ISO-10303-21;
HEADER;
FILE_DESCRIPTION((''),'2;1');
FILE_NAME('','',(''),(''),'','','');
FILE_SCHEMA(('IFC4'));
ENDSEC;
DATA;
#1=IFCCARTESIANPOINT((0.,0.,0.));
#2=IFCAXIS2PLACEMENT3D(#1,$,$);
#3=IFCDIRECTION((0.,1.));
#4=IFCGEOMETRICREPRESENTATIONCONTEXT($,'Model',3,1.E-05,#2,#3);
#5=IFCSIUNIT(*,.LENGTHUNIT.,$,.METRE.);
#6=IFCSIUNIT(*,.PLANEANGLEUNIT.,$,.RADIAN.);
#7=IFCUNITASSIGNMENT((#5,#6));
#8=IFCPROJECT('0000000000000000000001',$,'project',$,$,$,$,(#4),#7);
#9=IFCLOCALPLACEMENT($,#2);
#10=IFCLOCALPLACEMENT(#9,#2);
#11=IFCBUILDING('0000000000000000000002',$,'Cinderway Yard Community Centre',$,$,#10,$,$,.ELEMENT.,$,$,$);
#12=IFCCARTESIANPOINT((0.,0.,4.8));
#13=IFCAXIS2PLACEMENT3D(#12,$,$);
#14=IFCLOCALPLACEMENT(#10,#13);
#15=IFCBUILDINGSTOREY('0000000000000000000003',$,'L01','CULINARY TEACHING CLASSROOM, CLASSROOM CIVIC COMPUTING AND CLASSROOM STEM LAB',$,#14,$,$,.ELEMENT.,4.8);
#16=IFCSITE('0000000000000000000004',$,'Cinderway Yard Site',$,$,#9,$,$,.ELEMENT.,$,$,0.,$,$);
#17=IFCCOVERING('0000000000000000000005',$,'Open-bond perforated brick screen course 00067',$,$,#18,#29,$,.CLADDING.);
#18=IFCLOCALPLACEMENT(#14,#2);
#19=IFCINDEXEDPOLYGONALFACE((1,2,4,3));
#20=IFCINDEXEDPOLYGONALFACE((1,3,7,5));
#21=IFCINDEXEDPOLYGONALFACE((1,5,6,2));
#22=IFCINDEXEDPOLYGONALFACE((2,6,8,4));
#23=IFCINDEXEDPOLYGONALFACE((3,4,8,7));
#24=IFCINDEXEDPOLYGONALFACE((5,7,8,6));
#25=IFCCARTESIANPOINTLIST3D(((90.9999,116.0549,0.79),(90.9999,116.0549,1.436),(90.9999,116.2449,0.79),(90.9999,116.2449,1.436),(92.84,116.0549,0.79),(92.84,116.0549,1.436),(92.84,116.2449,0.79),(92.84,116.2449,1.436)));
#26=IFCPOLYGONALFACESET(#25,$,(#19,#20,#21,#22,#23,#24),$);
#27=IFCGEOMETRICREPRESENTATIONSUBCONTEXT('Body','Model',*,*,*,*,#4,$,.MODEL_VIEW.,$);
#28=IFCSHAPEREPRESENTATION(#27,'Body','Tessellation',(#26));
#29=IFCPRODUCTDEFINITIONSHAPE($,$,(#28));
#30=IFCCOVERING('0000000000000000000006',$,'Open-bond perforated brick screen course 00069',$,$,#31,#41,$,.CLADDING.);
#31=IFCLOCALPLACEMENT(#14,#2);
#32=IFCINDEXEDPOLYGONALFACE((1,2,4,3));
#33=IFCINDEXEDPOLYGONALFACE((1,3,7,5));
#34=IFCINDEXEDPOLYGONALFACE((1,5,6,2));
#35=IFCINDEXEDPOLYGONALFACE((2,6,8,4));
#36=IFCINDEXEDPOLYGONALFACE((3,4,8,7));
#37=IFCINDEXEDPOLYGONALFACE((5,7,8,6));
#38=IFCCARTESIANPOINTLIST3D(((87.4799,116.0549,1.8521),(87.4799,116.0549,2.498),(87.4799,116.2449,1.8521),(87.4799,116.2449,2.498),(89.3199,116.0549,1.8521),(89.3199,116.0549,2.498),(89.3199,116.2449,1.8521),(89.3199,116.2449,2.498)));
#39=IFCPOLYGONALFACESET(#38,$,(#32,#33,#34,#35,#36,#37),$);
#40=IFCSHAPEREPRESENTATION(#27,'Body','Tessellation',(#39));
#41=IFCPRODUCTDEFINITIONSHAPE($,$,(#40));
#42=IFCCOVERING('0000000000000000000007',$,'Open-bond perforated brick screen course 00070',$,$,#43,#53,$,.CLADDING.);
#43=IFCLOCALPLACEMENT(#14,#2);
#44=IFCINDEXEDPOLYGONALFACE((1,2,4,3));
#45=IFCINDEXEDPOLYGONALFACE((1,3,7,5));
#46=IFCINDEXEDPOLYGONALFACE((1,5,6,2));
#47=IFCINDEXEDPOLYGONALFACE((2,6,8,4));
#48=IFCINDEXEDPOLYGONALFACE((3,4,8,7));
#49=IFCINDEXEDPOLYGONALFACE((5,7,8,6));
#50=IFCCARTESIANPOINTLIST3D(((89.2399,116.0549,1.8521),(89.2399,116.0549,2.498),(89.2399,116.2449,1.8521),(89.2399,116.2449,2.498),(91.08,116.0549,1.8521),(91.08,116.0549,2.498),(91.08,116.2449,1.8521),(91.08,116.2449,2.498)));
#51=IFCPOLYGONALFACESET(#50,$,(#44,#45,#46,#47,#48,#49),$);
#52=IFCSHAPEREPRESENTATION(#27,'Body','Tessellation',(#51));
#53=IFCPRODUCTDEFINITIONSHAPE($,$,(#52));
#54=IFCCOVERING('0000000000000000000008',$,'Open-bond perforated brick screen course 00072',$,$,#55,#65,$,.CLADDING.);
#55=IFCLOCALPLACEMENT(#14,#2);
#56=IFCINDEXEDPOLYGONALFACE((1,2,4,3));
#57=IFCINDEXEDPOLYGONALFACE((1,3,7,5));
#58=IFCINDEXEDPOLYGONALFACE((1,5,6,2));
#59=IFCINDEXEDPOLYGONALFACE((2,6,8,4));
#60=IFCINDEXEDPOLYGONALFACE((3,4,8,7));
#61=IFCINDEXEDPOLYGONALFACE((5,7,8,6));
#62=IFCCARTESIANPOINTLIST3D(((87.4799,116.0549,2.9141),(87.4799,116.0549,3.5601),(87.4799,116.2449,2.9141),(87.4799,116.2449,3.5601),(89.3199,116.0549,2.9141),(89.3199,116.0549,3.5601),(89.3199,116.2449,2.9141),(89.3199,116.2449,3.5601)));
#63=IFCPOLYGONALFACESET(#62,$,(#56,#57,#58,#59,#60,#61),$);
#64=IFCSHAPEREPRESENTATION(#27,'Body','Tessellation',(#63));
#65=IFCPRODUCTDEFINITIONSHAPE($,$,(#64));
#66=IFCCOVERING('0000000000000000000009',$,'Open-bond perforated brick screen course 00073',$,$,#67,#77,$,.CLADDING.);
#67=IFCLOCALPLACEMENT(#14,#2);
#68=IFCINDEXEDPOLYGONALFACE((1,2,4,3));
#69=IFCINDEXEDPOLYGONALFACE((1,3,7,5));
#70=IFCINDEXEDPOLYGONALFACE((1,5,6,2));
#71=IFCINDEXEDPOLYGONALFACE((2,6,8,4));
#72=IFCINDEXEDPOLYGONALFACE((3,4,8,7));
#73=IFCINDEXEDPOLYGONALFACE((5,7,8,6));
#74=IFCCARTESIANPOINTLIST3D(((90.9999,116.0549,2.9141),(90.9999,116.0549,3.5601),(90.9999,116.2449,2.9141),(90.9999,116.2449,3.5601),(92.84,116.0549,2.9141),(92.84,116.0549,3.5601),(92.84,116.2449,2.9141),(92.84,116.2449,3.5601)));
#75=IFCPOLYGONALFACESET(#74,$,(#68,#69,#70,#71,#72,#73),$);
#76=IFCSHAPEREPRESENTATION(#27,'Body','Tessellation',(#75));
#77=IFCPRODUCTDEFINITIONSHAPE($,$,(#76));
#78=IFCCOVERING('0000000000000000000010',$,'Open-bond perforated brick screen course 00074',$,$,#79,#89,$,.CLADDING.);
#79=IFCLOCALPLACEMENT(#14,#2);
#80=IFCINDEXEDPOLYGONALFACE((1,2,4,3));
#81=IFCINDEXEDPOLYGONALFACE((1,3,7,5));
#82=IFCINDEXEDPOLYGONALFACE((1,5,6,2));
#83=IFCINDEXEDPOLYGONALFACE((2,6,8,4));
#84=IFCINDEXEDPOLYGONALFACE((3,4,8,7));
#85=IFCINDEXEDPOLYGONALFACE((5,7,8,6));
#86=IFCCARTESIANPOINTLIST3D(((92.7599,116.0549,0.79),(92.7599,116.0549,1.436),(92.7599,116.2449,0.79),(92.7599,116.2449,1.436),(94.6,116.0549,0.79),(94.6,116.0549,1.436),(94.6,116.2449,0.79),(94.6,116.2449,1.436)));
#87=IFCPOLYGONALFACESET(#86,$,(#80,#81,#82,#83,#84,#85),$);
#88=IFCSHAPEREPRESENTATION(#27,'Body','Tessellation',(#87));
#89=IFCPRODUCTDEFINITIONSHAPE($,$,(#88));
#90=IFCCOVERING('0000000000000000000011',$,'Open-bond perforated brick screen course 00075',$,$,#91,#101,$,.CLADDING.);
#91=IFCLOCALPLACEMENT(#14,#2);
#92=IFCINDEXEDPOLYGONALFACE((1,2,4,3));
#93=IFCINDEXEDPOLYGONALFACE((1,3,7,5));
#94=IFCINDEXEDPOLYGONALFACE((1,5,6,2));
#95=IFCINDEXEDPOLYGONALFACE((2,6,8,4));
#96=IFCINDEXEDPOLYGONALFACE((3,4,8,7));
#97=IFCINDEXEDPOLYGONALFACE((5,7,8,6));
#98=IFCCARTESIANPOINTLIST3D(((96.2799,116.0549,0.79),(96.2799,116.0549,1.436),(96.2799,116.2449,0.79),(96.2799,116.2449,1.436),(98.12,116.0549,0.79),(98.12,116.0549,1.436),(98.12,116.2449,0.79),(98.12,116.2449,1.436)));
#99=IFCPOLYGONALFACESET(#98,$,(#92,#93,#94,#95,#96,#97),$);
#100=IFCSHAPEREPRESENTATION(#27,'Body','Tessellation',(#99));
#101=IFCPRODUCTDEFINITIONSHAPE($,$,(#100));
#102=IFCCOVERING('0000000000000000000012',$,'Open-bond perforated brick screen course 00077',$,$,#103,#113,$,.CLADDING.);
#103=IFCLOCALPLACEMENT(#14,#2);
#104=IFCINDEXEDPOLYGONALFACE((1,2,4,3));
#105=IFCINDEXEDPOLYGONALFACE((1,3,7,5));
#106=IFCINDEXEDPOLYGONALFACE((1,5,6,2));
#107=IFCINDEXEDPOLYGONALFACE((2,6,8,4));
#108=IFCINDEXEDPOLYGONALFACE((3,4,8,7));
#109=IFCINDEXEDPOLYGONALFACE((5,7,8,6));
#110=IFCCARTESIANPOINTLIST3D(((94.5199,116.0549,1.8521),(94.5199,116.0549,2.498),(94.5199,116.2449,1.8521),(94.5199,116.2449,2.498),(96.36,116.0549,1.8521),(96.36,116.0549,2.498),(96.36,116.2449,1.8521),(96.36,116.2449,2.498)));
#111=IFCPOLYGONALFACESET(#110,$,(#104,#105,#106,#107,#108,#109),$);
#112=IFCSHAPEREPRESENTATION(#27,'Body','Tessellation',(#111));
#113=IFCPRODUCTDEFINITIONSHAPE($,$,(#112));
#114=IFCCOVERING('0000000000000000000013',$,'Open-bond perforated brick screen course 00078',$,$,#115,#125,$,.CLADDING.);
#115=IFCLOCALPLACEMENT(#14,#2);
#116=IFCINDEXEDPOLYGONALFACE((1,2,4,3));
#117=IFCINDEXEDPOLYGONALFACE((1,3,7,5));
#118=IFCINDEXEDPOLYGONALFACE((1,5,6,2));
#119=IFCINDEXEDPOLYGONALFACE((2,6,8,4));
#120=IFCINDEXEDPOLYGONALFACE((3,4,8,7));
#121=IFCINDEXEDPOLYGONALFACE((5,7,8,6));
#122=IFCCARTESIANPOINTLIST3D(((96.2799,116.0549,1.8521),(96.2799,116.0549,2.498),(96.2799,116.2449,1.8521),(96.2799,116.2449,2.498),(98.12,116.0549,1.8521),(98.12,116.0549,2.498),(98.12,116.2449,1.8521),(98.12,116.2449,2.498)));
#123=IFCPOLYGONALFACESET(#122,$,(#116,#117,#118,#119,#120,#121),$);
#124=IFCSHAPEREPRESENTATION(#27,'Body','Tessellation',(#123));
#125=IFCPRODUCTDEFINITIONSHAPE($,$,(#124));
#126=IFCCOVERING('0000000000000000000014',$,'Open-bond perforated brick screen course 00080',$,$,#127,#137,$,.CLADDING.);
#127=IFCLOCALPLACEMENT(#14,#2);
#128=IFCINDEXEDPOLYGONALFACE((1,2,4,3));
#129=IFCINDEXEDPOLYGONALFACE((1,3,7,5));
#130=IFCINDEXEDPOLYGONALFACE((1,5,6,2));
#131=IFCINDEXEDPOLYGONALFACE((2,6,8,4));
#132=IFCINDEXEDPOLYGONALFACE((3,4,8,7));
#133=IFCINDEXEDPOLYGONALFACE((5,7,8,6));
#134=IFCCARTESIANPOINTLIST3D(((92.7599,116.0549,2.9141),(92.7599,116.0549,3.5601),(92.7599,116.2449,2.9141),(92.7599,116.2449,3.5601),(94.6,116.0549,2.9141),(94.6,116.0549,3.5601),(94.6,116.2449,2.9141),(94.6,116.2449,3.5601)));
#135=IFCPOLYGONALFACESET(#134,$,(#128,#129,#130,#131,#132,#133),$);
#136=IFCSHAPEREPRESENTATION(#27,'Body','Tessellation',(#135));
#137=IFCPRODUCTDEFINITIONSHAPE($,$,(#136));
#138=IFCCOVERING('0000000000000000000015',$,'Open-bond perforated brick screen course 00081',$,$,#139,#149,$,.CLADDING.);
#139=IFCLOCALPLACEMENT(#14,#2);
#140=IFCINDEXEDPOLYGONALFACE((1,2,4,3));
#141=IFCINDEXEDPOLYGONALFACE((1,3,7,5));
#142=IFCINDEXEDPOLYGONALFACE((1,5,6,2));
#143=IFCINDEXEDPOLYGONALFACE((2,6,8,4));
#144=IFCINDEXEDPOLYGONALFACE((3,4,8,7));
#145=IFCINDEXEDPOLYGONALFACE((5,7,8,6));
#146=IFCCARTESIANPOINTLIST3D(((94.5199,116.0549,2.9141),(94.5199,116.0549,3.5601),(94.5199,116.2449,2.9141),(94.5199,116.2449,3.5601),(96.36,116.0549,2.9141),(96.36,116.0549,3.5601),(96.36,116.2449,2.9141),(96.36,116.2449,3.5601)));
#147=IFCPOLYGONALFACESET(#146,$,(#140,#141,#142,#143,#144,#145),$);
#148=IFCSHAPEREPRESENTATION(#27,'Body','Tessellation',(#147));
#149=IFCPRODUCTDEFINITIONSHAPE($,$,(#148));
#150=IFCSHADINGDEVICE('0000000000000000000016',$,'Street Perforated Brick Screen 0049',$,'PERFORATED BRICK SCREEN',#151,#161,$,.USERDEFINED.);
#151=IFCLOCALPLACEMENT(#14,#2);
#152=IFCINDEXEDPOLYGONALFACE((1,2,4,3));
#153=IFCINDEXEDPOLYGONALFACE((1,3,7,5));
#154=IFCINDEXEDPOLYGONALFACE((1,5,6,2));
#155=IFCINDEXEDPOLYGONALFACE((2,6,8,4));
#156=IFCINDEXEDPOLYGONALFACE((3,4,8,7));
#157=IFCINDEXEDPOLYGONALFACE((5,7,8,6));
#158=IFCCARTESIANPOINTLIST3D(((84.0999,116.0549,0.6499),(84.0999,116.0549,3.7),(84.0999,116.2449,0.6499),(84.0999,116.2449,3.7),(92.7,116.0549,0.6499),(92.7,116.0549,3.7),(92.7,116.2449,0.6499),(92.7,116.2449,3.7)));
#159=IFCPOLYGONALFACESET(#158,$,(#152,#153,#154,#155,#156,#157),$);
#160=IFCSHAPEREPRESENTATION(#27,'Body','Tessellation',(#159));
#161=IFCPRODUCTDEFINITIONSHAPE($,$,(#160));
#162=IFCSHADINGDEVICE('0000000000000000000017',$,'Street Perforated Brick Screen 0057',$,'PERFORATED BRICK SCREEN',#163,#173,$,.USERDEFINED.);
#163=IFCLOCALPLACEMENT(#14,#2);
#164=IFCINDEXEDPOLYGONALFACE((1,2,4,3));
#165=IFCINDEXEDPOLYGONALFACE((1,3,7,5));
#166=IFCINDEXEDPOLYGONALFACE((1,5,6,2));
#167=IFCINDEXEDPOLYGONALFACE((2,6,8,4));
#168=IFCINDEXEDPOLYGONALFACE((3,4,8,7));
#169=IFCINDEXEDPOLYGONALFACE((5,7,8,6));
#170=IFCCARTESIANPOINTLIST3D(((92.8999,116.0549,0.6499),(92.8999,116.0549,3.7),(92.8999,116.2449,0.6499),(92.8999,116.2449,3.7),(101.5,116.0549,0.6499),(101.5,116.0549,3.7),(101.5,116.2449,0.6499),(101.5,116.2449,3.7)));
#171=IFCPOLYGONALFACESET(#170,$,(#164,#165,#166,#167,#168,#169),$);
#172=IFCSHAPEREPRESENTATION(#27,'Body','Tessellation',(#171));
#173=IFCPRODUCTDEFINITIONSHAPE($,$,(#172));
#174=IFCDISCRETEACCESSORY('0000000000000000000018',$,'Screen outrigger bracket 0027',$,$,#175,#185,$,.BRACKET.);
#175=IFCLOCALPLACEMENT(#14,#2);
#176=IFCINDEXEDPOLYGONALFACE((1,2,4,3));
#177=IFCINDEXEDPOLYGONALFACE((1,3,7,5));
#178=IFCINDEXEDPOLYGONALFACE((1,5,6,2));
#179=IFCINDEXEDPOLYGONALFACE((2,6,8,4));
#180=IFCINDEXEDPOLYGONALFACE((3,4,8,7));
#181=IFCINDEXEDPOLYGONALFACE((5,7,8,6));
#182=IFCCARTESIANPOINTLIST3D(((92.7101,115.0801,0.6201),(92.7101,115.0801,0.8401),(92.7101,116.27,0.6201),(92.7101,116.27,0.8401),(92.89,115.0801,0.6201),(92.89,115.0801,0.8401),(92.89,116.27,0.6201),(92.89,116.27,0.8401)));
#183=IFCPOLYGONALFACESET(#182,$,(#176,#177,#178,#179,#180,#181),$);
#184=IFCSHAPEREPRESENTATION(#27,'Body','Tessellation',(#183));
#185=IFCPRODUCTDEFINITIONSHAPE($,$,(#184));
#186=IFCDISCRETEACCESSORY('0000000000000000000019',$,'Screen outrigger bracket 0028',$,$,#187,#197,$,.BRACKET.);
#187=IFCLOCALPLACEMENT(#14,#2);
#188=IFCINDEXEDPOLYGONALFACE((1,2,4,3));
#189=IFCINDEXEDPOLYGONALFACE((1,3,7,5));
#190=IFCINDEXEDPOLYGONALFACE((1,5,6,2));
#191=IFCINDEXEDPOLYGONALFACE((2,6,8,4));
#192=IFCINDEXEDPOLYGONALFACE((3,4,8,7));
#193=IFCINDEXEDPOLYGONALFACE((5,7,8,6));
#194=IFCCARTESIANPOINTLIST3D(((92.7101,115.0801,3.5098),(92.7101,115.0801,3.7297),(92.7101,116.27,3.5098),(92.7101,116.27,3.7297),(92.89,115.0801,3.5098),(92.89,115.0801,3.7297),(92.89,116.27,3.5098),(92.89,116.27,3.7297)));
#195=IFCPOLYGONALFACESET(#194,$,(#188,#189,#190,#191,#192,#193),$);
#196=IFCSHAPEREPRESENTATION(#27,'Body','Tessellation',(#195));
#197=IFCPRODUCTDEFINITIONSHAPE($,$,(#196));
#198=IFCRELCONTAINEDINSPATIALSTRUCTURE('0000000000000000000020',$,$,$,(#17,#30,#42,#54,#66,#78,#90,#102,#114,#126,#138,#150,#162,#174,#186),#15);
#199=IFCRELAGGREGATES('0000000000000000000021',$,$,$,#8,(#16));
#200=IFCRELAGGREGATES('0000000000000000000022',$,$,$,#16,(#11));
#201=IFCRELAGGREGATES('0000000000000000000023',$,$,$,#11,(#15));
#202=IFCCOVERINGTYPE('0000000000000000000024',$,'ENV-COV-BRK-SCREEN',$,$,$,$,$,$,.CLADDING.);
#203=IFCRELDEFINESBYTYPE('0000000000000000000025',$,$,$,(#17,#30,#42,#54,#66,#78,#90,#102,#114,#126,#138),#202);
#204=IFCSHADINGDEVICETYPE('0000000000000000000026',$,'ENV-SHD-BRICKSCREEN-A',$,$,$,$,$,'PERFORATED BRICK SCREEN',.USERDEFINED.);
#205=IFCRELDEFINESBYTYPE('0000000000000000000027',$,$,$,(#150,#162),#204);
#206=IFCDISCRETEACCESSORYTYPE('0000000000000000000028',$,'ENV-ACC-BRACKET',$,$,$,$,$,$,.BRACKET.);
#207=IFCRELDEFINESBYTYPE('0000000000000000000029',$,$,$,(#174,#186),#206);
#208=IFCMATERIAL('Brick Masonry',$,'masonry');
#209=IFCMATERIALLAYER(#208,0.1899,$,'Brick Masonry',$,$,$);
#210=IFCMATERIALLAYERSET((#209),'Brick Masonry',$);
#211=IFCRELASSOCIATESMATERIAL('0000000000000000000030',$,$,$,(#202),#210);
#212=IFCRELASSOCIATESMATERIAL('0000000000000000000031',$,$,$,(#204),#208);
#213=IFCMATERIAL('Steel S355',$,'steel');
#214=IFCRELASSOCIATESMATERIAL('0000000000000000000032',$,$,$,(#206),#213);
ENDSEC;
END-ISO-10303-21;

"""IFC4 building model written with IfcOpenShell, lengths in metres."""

from ifc_helpers import new_model, si_unit, direction, frame, origin, origin_2d, place, context, subcontext, project, spatial, rectangle, extrude, material, layer, layer_set, type_object, element, save


model = new_model("IFC4")

# Units and contexts
model_context = context("Model", 3, precision=1e-05, world=origin(), true_north=direction((0.0, 1.0)))
body_context = subcontext(model_context, "Body", "Model", "MODEL_VIEW")
ifc_project = project(units=[si_unit("LENGTHUNIT", "METRE"), si_unit("PLANEANGLEUNIT", "RADIAN")], contexts=[model_context])

# Site, building, storey
site_placement = place(None, origin())
site = spatial("IfcSite", under=ifc_project, at=site_placement, Name="Cinderway Yard Site", CompositionType="ELEMENT", RefElevation=0.0)
building_placement = place(site_placement, origin())
building = spatial("IfcBuilding", under=site, at=building_placement, Name="Cinderway Yard Community Centre", CompositionType="ELEMENT")
storey_placement = place(building_placement, frame((0.0, 0.0, 4.8)))
storey = spatial("IfcBuildingStorey", under=building, at=storey_placement, Name="L01", Description="CULINARY TEACHING CLASSROOM, CLASSROOM CIVIC COMPUTING AND CLASSROOM STEM LAB", CompositionType="ELEMENT", Elevation=4.8)

# Shared definitions
ifc_material_1 = material(Name="Steel S355", Category="steel")

# Shared definitions
ifc_material_2 = material(Name="Brick Masonry", Category="masonry")

# Coverings
ifc_layer_1 = layer(ifc_material_2, 0.1899, Name="Brick Masonry")
ifc_layer_set_1 = layer_set([ifc_layer_1], Name="Brick Masonry")
covering_type = type_object("IfcCoveringType", Name="ENV-COV-BRK-SCREEN", PredefinedType="CLADDING", material=ifc_layer_set_1)
for number, where, z_axis, x_axis, name in (
    (1, (91.9199, 116.1499, 0.79), (0.0, 0.0, 1.0), (1.0, 0.0, 0.0), "Open-bond perforated brick screen course 00067"),
    (2, (88.3999, 116.1499, 1.8521), (0.0, 0.0, 1.0), (1.0, 0.0, 0.0), "Open-bond perforated brick screen course 00069"),
    (3, (90.1599, 116.1499, 1.8521), (0.0, 0.0, 1.0), (1.0, 0.0, 0.0), "Open-bond perforated brick screen course 00070"),
    (4, (88.3999, 116.1499, 2.9141), (0.0, 0.0, 1.0), (1.0, 0.0, 0.0), "Open-bond perforated brick screen course 00072"),
    (5, (91.9199, 116.1499, 2.9141), (0.0, 0.0, 1.0), (1.0, 0.0, 0.0), "Open-bond perforated brick screen course 00073"),
    (6, (93.6799, 116.1499, 0.79), (0.0, 0.0, 1.0), (1.0, 0.0, 0.0), "Open-bond perforated brick screen course 00074"),
    (7, (97.2, 116.1499, 0.79), (0.0, 0.0, 1.0), (1.0, 0.0, 0.0), "Open-bond perforated brick screen course 00075"),
    (8, (95.4399, 116.1499, 1.8521), (0.0, 0.0, 1.0), (1.0, 0.0, 0.0), "Open-bond perforated brick screen course 00077"),
    (9, (97.2, 116.1499, 1.8521), (0.0, 0.0, 1.0), (1.0, 0.0, 0.0), "Open-bond perforated brick screen course 00078"),
    (10, (93.6799, 116.1499, 2.9141), (0.0, 0.0, 1.0), (1.0, 0.0, 0.0), "Open-bond perforated brick screen course 00080"),
    (11, (95.4399, 116.1499, 2.9141), (0.0, 0.0, 1.0), (1.0, 0.0, 0.0), "Open-bond perforated brick screen course 00081"),
):
    element("IfcCovering", number, at=place(storey_placement, frame(where, z_axis=z_axis, x_axis=x_axis)), inside=storey, type_object=covering_type, Name=name, PredefinedType="CLADDING", context=body_context, shape_type="SweptSolid", body=[
        extrude(rectangle(XDim=1.8401, YDim=0.1899, at=origin_2d()), origin(), (0.0, 0.0, 1.0), 0.646),
    ])

# Shading devices
shading_device_type = type_object("IfcShadingDeviceType", Name="ENV-SHD-BRICKSCREEN-A", ElementType="PERFORATED BRICK SCREEN", PredefinedType="USERDEFINED", material=ifc_material_2)
for number, where, z_axis, x_axis, name in (
    (12, (88.3999, 116.1499, 0.6499), (0.0, 0.0, 1.0), (1.0, 0.0, 0.0), "Street Perforated Brick Screen 0049"),
    (13, (97.2, 116.1499, 0.6499), (0.0, 0.0, 1.0), (1.0, 0.0, 0.0), "Street Perforated Brick Screen 0057"),
):
    element("IfcShadingDevice", number, at=place(storey_placement, frame(where, z_axis=z_axis, x_axis=x_axis)), inside=storey, type_object=shading_device_type, Name=name, ObjectType="PERFORATED BRICK SCREEN", PredefinedType="USERDEFINED", context=body_context, shape_type="SweptSolid", body=[
        extrude(rectangle(XDim=8.6001, YDim=0.1899, at=origin_2d()), origin(), (0.0, 0.0, 1.0), 3.05),
    ])

# Discrete accessories
discrete_accessory_type = type_object("IfcDiscreteAccessoryType", Name="ENV-ACC-BRACKET", PredefinedType="BRACKET", material=ifc_material_1)
for number, where, z_axis, x_axis, name in (
    (14, (92.8, 115.675, 0.6201), (0.0, 0.0, 1.0), (0.0, 1.0, 0.0), "Screen outrigger bracket 0027"),
    (15, (92.8, 115.675, 3.5098), (0.0, 0.0, 1.0), (0.0, 1.0, 0.0), "Screen outrigger bracket 0028"),
):
    element("IfcDiscreteAccessory", number, at=place(storey_placement, frame(where, z_axis=z_axis, x_axis=x_axis)), inside=storey, type_object=discrete_accessory_type, Name=name, PredefinedType="BRACKET", context=body_context, shape_type="SweptSolid", body=[
        extrude(rectangle(XDim=1.1899, YDim=0.1799, at=origin_2d()), origin(), (0.0, 0.0, 1.0), 0.22),
    ])

save(model, "model.ifc")
